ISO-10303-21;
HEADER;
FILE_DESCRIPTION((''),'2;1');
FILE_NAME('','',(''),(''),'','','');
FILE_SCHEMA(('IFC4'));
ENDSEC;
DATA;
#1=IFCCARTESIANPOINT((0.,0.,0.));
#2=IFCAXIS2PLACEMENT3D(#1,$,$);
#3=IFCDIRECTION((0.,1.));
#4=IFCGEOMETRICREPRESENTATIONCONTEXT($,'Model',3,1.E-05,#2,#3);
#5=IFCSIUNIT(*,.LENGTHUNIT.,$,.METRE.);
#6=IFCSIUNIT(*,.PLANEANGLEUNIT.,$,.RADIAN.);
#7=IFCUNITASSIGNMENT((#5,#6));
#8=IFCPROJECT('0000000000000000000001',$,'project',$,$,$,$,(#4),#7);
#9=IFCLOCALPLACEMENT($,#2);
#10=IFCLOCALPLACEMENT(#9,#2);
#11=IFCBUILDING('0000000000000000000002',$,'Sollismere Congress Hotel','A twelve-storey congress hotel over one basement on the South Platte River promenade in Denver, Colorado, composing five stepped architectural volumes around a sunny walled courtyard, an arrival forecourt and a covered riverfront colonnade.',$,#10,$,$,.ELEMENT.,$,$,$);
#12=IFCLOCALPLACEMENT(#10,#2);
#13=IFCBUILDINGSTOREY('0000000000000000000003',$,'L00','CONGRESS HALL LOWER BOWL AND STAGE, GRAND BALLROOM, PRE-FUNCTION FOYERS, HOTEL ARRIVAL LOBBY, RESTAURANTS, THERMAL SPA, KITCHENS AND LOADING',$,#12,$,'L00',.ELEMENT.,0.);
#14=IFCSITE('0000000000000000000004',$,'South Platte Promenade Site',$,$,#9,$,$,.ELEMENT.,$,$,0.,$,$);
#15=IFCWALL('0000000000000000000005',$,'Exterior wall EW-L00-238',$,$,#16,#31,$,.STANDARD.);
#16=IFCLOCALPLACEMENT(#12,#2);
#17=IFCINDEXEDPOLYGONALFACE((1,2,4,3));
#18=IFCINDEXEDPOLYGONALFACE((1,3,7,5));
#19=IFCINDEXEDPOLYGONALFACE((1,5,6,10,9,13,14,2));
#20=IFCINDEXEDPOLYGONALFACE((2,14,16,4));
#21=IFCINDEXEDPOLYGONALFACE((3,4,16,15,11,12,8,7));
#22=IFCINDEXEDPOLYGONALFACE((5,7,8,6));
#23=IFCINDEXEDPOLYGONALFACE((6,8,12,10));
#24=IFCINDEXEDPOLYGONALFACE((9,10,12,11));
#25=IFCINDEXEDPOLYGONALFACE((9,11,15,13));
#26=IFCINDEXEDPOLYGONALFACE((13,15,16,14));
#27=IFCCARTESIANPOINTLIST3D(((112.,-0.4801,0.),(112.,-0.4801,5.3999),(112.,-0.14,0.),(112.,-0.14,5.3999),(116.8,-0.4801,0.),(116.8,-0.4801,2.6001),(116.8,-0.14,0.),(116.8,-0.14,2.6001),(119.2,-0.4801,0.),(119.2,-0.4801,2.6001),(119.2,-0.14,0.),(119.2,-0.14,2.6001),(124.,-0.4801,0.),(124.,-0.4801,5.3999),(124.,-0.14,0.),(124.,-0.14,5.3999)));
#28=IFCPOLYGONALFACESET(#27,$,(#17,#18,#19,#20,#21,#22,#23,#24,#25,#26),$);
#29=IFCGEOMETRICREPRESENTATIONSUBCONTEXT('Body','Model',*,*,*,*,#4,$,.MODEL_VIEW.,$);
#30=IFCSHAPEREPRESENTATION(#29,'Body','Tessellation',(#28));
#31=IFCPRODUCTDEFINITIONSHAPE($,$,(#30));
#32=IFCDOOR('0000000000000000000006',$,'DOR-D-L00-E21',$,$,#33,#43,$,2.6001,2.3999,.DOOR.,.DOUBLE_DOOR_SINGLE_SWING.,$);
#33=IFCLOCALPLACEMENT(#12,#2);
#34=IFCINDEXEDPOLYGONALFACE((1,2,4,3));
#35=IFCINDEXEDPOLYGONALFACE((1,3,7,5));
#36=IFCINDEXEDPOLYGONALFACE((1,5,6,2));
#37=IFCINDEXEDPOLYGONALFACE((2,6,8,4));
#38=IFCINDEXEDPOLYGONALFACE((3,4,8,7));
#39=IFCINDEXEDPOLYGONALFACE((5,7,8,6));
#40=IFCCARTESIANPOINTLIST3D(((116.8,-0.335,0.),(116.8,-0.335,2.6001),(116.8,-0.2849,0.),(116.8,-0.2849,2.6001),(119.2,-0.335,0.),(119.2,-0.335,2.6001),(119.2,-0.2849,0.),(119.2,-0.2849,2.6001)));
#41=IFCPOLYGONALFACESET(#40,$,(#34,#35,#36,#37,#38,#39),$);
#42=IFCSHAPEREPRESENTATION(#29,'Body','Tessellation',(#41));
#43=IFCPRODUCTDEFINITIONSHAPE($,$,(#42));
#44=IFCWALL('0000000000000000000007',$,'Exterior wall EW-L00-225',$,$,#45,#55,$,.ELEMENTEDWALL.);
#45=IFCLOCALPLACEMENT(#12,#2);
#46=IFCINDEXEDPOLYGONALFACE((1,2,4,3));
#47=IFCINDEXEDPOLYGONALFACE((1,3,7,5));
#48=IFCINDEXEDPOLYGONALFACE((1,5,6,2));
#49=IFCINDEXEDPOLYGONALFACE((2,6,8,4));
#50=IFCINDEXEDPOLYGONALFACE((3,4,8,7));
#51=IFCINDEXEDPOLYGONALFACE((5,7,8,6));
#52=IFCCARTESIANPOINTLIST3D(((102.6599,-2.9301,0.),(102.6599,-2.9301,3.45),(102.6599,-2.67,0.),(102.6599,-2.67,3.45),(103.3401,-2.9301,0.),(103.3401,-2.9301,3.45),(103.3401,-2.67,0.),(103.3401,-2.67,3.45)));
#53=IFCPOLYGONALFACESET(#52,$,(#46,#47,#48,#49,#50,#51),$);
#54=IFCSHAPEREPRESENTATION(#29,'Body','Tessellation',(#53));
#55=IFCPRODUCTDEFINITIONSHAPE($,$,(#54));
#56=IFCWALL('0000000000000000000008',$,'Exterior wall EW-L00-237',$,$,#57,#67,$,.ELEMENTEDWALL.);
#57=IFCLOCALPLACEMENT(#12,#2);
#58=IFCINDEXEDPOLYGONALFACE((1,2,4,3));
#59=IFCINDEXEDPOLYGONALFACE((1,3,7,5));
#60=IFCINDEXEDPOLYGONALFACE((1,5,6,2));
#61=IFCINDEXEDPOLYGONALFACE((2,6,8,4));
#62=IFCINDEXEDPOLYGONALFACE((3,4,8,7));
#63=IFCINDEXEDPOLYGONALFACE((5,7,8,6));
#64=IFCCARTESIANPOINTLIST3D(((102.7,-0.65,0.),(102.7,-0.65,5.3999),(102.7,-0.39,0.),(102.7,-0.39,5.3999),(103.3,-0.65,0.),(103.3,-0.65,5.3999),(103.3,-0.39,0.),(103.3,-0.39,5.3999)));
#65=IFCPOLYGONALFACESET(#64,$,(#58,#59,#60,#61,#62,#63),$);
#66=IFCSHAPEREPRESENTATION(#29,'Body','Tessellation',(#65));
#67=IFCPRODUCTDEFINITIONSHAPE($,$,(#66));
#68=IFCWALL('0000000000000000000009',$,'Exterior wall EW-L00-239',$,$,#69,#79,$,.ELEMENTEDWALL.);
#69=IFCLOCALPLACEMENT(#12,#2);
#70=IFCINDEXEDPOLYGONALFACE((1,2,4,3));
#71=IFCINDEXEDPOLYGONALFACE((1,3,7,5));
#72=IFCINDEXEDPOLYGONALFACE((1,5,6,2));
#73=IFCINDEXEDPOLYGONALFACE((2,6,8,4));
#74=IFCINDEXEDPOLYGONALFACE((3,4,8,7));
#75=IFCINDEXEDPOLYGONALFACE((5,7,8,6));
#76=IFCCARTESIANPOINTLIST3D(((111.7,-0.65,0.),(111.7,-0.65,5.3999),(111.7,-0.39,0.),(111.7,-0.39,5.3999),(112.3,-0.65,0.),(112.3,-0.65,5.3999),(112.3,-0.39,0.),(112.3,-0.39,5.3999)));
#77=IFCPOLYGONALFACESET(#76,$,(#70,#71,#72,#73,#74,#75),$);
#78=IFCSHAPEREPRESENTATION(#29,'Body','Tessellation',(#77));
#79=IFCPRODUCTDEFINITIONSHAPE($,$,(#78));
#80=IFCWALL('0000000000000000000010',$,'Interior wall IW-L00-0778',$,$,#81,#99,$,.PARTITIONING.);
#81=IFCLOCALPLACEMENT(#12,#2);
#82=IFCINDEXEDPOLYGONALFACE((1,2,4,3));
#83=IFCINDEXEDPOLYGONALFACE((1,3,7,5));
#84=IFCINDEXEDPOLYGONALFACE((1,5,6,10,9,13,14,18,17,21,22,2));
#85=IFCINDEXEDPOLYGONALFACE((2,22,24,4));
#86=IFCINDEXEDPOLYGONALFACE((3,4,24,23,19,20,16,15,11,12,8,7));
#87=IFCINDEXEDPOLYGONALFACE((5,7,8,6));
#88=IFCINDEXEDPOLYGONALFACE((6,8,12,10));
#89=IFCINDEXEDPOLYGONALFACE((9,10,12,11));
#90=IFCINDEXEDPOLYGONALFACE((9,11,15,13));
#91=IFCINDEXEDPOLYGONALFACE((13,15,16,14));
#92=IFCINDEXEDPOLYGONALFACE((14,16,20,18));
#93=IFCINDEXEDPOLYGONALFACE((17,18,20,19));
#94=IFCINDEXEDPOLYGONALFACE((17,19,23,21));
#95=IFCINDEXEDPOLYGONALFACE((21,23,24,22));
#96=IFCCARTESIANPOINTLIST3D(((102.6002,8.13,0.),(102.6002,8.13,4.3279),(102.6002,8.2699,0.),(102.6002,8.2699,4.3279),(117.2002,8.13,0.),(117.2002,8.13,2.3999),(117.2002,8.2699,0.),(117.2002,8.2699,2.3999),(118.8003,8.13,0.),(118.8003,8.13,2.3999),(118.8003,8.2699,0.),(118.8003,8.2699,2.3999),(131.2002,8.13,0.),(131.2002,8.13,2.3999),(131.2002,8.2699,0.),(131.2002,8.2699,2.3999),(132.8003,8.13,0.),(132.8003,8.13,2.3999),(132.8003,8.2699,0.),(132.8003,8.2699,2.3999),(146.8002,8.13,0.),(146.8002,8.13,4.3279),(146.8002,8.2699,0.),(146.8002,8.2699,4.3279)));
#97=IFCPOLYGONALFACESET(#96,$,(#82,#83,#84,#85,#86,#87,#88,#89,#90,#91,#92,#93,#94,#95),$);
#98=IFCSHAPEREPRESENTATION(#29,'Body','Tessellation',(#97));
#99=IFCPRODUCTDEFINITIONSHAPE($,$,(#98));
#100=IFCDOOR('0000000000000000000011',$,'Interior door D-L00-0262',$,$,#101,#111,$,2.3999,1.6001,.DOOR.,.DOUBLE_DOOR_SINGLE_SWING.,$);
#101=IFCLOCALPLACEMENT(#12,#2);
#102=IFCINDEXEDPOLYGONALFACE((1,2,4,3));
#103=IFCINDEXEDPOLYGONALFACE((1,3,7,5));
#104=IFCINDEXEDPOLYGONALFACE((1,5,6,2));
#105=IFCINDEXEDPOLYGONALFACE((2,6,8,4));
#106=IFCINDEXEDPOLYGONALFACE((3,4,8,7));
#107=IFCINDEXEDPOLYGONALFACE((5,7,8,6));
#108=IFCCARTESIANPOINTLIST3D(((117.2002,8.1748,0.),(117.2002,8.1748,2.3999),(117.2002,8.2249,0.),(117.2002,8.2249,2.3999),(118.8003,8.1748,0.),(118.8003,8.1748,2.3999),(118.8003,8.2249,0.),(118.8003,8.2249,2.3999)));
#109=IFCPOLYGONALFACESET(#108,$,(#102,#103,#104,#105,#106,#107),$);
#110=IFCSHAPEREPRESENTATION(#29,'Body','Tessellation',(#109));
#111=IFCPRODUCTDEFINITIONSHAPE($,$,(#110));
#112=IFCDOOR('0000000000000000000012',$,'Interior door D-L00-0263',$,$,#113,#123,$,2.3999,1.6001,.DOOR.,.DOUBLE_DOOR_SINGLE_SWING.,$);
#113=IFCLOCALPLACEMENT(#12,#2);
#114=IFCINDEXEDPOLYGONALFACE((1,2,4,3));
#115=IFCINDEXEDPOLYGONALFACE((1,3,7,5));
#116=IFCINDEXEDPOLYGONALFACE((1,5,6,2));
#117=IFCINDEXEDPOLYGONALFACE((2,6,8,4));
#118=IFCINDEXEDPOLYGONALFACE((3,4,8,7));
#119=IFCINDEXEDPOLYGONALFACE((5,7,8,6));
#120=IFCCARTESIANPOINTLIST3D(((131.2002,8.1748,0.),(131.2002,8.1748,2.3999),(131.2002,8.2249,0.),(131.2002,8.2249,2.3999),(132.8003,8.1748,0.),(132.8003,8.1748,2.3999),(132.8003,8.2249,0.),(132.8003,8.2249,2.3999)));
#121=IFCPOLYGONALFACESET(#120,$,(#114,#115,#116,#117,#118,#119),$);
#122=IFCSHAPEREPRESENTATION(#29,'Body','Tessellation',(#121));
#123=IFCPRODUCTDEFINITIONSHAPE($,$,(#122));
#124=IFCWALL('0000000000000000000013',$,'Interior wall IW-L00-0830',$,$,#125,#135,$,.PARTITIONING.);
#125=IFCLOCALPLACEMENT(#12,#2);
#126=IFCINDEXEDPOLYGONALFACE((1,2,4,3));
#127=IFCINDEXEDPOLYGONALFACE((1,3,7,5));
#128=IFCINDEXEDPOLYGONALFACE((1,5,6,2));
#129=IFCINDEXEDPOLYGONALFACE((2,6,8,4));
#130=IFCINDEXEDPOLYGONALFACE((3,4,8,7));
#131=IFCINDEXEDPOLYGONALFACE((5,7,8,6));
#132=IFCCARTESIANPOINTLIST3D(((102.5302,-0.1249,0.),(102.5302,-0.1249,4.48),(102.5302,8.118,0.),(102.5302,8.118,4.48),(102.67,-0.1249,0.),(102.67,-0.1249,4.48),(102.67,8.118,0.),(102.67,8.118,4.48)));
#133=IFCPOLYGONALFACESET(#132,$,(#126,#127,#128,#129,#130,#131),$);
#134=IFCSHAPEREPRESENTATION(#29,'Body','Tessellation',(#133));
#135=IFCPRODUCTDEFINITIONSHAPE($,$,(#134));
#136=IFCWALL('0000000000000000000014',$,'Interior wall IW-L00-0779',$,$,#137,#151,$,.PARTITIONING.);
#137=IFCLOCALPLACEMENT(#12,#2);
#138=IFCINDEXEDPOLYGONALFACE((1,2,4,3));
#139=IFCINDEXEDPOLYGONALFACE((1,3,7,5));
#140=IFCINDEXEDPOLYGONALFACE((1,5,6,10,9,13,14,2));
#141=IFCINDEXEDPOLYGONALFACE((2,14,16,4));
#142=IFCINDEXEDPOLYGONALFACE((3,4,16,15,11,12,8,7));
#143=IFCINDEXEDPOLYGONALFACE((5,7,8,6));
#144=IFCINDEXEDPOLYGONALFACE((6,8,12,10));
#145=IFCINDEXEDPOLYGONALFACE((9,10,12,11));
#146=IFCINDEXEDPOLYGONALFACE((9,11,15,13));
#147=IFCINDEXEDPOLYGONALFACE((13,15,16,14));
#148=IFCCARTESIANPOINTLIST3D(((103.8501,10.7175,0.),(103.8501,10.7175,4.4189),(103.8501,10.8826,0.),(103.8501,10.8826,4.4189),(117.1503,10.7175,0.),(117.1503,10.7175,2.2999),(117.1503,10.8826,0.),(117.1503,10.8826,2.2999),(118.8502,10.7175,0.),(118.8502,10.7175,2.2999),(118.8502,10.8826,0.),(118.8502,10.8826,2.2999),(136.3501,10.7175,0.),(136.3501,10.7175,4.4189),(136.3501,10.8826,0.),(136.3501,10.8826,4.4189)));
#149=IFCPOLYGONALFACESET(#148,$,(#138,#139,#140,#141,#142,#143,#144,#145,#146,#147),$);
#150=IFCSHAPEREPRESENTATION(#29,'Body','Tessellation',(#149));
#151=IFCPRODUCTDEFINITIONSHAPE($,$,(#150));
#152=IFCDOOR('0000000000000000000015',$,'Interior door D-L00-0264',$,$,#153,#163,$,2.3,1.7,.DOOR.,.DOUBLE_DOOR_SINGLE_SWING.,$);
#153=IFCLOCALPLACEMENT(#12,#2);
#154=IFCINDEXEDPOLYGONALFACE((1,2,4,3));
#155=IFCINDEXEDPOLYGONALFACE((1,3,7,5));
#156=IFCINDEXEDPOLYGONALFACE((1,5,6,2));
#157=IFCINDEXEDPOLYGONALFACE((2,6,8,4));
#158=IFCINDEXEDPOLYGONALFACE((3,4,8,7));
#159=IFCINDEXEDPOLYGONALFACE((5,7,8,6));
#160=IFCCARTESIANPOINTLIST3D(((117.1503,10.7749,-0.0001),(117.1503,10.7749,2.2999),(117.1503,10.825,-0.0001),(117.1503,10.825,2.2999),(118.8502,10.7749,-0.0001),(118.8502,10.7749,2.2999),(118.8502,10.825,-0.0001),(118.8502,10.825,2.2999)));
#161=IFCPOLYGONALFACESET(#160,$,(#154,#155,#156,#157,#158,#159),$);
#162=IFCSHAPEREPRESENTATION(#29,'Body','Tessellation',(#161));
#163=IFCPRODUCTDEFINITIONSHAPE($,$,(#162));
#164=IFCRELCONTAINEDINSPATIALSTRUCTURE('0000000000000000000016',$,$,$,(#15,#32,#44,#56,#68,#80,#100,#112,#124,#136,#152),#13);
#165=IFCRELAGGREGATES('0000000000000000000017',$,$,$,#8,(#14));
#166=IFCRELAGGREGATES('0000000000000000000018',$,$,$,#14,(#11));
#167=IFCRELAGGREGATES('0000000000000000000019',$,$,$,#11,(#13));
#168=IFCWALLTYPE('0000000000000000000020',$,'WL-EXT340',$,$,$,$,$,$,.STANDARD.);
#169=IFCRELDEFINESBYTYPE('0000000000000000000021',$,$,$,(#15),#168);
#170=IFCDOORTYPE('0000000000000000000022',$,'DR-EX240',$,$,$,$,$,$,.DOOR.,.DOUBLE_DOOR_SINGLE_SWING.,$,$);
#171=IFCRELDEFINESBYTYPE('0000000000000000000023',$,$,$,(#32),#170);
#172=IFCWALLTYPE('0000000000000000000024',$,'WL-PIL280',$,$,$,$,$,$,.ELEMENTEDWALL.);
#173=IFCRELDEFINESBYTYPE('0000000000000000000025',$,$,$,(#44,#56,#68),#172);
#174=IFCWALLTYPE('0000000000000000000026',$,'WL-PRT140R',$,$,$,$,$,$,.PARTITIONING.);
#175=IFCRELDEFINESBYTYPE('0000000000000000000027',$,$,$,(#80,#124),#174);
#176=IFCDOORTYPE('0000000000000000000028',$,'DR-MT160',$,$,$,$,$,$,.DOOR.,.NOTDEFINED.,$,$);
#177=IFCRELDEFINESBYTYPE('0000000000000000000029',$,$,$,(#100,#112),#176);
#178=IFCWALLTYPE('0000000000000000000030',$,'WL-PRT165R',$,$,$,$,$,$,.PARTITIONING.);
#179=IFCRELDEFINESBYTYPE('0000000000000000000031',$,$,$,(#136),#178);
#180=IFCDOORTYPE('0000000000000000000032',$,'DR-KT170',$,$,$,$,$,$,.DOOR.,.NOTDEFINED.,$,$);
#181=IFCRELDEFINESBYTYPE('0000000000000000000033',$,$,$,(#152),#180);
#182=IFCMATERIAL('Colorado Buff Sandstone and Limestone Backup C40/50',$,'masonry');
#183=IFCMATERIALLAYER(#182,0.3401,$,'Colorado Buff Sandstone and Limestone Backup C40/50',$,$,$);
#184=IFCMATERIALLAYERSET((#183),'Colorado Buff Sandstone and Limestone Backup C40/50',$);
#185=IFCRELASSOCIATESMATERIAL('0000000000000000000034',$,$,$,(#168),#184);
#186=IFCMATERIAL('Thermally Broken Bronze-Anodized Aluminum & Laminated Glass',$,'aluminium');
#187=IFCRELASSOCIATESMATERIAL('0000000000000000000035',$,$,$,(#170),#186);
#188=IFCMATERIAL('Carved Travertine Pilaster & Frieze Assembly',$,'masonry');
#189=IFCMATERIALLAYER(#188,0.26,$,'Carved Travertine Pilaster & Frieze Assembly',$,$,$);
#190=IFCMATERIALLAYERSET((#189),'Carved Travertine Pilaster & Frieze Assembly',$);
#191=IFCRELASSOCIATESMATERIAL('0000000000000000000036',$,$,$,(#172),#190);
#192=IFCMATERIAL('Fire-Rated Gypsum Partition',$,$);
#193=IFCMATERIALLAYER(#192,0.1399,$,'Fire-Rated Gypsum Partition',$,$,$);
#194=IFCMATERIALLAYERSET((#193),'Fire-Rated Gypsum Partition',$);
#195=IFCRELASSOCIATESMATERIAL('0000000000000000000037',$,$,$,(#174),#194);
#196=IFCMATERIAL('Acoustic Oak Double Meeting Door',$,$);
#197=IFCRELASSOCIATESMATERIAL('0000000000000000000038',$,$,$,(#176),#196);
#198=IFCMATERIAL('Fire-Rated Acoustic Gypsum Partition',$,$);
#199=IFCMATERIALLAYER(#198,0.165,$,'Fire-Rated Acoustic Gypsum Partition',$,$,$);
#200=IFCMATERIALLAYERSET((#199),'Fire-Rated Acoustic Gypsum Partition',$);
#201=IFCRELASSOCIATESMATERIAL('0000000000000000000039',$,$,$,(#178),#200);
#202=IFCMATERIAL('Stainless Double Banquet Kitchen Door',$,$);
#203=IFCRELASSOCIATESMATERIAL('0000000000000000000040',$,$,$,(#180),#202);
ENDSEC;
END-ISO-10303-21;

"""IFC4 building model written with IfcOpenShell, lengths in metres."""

from ifc_helpers import new_model, si_unit, direction, frame, frame_2d, origin, place, context, subcontext, project, spatial, rectangle, extrude, material, layer, layer_set, type_object, element, fill, save


model = new_model("IFC4")

# Units and contexts
model_context = context("Model", 3, precision=1e-05, world=origin(), true_north=direction((0.0, 1.0)))
body_context = subcontext(model_context, "Body", "Model", "MODEL_VIEW")
ifc_project = project(units=[si_unit("LENGTHUNIT", "METRE"), si_unit("PLANEANGLEUNIT", "RADIAN")], contexts=[model_context])

# Site, building, storey
site_placement = place(None, origin())
site = spatial("IfcSite", under=ifc_project, at=site_placement, Name="South Platte Promenade Site", CompositionType="ELEMENT", RefElevation=0.0)
building_placement = place(site_placement, origin())
building = spatial("IfcBuilding", under=site, at=building_placement, Name="Sollismere Congress Hotel", Description="A twelve-storey congress hotel over one basement on the South Platte River promenade in Denver, Colorado, composing five stepped architectural volumes around a sunny walled courtyard, an arrival forecourt and a covered riverfront colonnade.", CompositionType="ELEMENT")
storey_placement = place(building_placement, origin())
storey = spatial("IfcBuildingStorey", under=building, at=storey_placement, Name="L00", Description="CONGRESS HALL LOWER BOWL AND STAGE, GRAND BALLROOM, PRE-FUNCTION FOYERS, HOTEL ARRIVAL LOBBY, RESTAURANTS, THERMAL SPA, KITCHENS AND LOADING", LongName="L00", CompositionType="ELEMENT", Elevation=0.0)

# Wall, opening, door
ifc_material_1 = material(Name="Colorado Buff Sandstone and Limestone Backup C40/50", Category="masonry")
ifc_layer_1 = layer(ifc_material_1, 0.3401, Name="Colorado Buff Sandstone and Limestone Backup C40/50")
ifc_layer_set_1 = layer_set([ifc_layer_1], Name="Colorado Buff Sandstone and Limestone Backup C40/50")
wall_type_1 = type_object("IfcWallType", Name="WL-EXT340", PredefinedType="STANDARD", material=ifc_layer_set_1)
ifc_material_2 = material(Name="Thermally Broken Bronze-Anodized Aluminum & Laminated Glass", Category="aluminium")
door_type_1 = type_object("IfcDoorType", Name="DR-EX240", OperationType="DOUBLE_DOOR_SINGLE_SWING", PredefinedType="DOOR", material=ifc_material_2)
wall_1_placement = place(storey_placement, frame((112.0, -0.3101, 0.0), z_axis=(0.0, 0.0, 1.0), x_axis=(1.0, 0.0, 0.0)))
wall_1 = element("IfcWall", 1, at=wall_1_placement, inside=storey, type_object=wall_type_1, Name="Exterior wall EW-L00-238", PredefinedType="STANDARD", context=body_context, shape_type="SweptSolid", body=[
    extrude(rectangle(XDim=12.0, YDim=0.3401, at=frame_2d((6.0, 0.0))), origin(), (0.0, 0.0, 1.0), 5.3999),
])
opening_1_placement = place(wall_1_placement, frame((4.8, 0.0, 0.0)))
opening_1 = element("IfcOpeningElement", 2, at=opening_1_placement, cuts=wall_1, PredefinedType="OPENING", context=body_context, shape_type="SweptSolid", body=[
    extrude(rectangle(XDim=2.3999, YDim=2.6001, at=frame_2d((1.2, 1.3))), frame((0.0, 0.1799, 0.0), z_axis=(0.0, -1.0, 0.0), x_axis=(1.0, 0.0, 0.0)), (0.0, 0.0, 1.0), 0.3601),
])
door_1_placement = place(opening_1_placement, frame((2.3999, 0.0, 0.0), z_axis=(0.0, 0.0, 1.0), x_axis=(-1.0, 0.0, 0.0)))
door_1 = element("IfcDoor", 3, at=door_1_placement, inside=storey, type_object=door_type_1, Name="DOR-D-L00-E21", OperationType="DOUBLE_DOOR_SINGLE_SWING", OverallHeight=2.6001, OverallWidth=2.3999, PredefinedType="DOOR", context=body_context, shape_type="SweptSolid", body=[
    extrude(rectangle(XDim=2.3999, YDim=2.6001, at=frame_2d((1.2, 1.3))), frame((0.0, 0.0249, 0.0), z_axis=(0.0, -1.0, 0.0), x_axis=(1.0, 0.0, 0.0)), (0.0, 0.0, 1.0), 0.05),
])
fill(opening_1, door_1)

# Walls
ifc_material_3 = material(Name="Carved Travertine Pilaster & Frieze Assembly", Category="masonry")
ifc_layer_2 = layer(ifc_material_3, 0.26, Name="Carved Travertine Pilaster & Frieze Assembly")
ifc_layer_set_2 = layer_set([ifc_layer_2], Name="Carved Travertine Pilaster & Frieze Assembly")
wall_type_2 = type_object("IfcWallType", Name="WL-PIL280", PredefinedType="ELEMENTEDWALL", material=ifc_layer_set_2)
wall_2_placement = place(storey_placement, frame((102.6599, -2.8, 0.0), z_axis=(0.0, 0.0, 1.0), x_axis=(1.0, 0.0, 0.0)))
element("IfcWall", 4, at=wall_2_placement, inside=storey, type_object=wall_type_2, Name="Exterior wall EW-L00-225", PredefinedType="ELEMENTEDWALL", context=body_context, shape_type="SweptSolid", body=[
    extrude(rectangle(XDim=0.6802, YDim=0.26, at=frame_2d((0.3401, 0.0))), origin(), (0.0, 0.0, 1.0), 3.45),
])
for number, where, z_axis, x_axis, name in (
    (5, (102.7, -0.52, 0.0), (0.0, 0.0, 1.0), (1.0, 0.0, 0.0), "Exterior wall EW-L00-237"),
    (6, (111.7, -0.52, 0.0), (0.0, 0.0, 1.0), (1.0, 0.0, 0.0), "Exterior wall EW-L00-239"),
):
    element("IfcWall", number, at=place(storey_placement, frame(where, z_axis=z_axis, x_axis=x_axis)), inside=storey, type_object=wall_type_2, Name=name, PredefinedType="ELEMENTEDWALL", context=body_context, shape_type="SweptSolid", body=[
        extrude(rectangle(XDim=0.6001, YDim=0.26, at=frame_2d((0.3, 0.0))), origin(), (0.0, 0.0, 1.0), 5.3999),
    ])

# Wall, openings, doors
ifc_material_4 = material(Name="Fire-Rated Gypsum Partition")
ifc_layer_3 = layer(ifc_material_4, 0.1399, Name="Fire-Rated Gypsum Partition")
ifc_layer_set_3 = layer_set([ifc_layer_3], Name="Fire-Rated Gypsum Partition")
wall_type_3 = type_object("IfcWallType", Name="WL-PRT140R", PredefinedType="PARTITIONING", material=ifc_layer_set_3)
wall_3_placement = place(storey_placement, frame((102.6001, 8.2, 0.0), z_axis=(0.0, 0.0, 1.0), x_axis=(1.0, 0.0, 0.0)))
wall_3 = element("IfcWall", 7, at=wall_3_placement, inside=storey, type_object=wall_type_3, Name="Interior wall IW-L00-0778", PredefinedType="PARTITIONING", context=body_context, shape_type="SweptSolid", body=[
    extrude(rectangle(XDim=44.2, YDim=0.1399, at=frame_2d((22.1001, 0.0))), origin(), (0.0, 0.0, 1.0), 4.3279),
])
opening_2_placement = place(wall_3_placement, frame((14.6001, 0.0, 0.0)))
opening_2 = element("IfcOpeningElement", 8, at=opening_2_placement, cuts=wall_3, PredefinedType="OPENING", context=body_context, shape_type="SweptSolid", body=[
    extrude(rectangle(XDim=1.6001, YDim=2.3999, at=frame_2d((0.8, 1.2))), frame((0.0, 0.0798, 0.0), z_axis=(0.0, -1.0, 0.0), x_axis=(1.0, 0.0, 0.0)), (0.0, 0.0, 1.0), 0.1599),
])
opening_3_placement = place(wall_3_placement, frame((28.6001, 0.0, 0.0)))
opening_3 = element("IfcOpeningElement", 9, at=opening_3_placement, cuts=wall_3, PredefinedType="OPENING", context=body_context, shape_type="SweptSolid", body=[
    extrude(rectangle(XDim=1.6001, YDim=2.3999, at=frame_2d((0.8, 1.2))), frame((0.0, 0.0798, 0.0), z_axis=(0.0, -1.0, 0.0), x_axis=(1.0, 0.0, 0.0)), (0.0, 0.0, 1.0), 0.1599),
])
ifc_material_5 = material(Name="Acoustic Oak Double Meeting Door")
door_type_2 = type_object("IfcDoorType", Name="DR-MT160", OperationType="NOTDEFINED", PredefinedType="DOOR", material=ifc_material_5)
door_2_placement = place(opening_2_placement, origin())
door_2 = element("IfcDoor", 10, at=door_2_placement, inside=storey, type_object=door_type_2, Name="Interior door D-L00-0262", OperationType="DOUBLE_DOOR_SINGLE_SWING", OverallHeight=2.3999, OverallWidth=1.6001, PredefinedType="DOOR", context=body_context, shape_type="SweptSolid", body=[
    extrude(rectangle(XDim=1.6001, YDim=2.3999, at=frame_2d((0.8, 1.2))), frame((0.0, 0.0249, 0.0), z_axis=(0.0, -1.0, 0.0), x_axis=(1.0, 0.0, 0.0)), (0.0, 0.0, 1.0), 0.05),
])
fill(opening_2, door_2)
door_3_placement = place(opening_3_placement, origin())
door_3 = element("IfcDoor", 11, at=door_3_placement, inside=storey, type_object=door_type_2, Name="Interior door D-L00-0263", OperationType="DOUBLE_DOOR_SINGLE_SWING", OverallHeight=2.3999, OverallWidth=1.6001, PredefinedType="DOOR", context=body_context, shape_type="SweptSolid", body=[
    extrude(rectangle(XDim=1.6001, YDim=2.3999, at=frame_2d((0.8, 1.2))), frame((0.0, 0.0249, 0.0), z_axis=(0.0, -1.0, 0.0), x_axis=(1.0, 0.0, 0.0)), (0.0, 0.0, 1.0), 0.05),
])
fill(opening_3, door_3)

# Wall
wall_4_placement = place(storey_placement, frame((102.6001, -0.125, 0.0), z_axis=(0.0, 0.0, 1.0), x_axis=(0.0, 1.0, 0.0)))
element("IfcWall", 12, at=wall_4_placement, inside=storey, type_object=wall_type_3, Name="Interior wall IW-L00-0830", PredefinedType="PARTITIONING", context=body_context, shape_type="SweptSolid", body=[
    extrude(rectangle(XDim=8.2429, YDim=0.1399, at=frame_2d((4.1216, 0.0))), origin(), (0.0, 0.0, 1.0), 4.48),
])

# Wall, opening, door
ifc_material_6 = material(Name="Fire-Rated Acoustic Gypsum Partition")
ifc_layer_4 = layer(ifc_material_6, 0.165, Name="Fire-Rated Acoustic Gypsum Partition")
ifc_layer_set_4 = layer_set([ifc_layer_4], Name="Fire-Rated Acoustic Gypsum Partition")
wall_type_4 = type_object("IfcWallType", Name="WL-PRT165R", PredefinedType="PARTITIONING", material=ifc_layer_set_4)
wall_5_placement = place(storey_placement, frame((103.8501, 10.8, 0.0), z_axis=(0.0, 0.0, 1.0), x_axis=(1.0, 0.0, 0.0)))
wall_5 = element("IfcWall", 13, at=wall_5_placement, inside=storey, type_object=wall_type_4, Name="Interior wall IW-L00-0779", PredefinedType="PARTITIONING", context=body_context, shape_type="SweptSolid", body=[
    extrude(rectangle(XDim=32.5, YDim=0.165, at=frame_2d((16.25, 0.0))), origin(), (0.0, 0.0, 1.0), 4.4189),
])
opening_4_placement = place(wall_5_placement, frame((13.3, 0.0, 0.0)))
opening_4 = element("IfcOpeningElement", 14, at=opening_4_placement, cuts=wall_5, PredefinedType="OPENING", context=body_context, shape_type="SweptSolid", body=[
    extrude(rectangle(XDim=1.7, YDim=2.3, at=frame_2d((0.8501, 1.1499))), frame((0.0, 0.0925, 0.0), z_axis=(0.0, -1.0, 0.0), x_axis=(1.0, 0.0, 0.0)), (0.0, 0.0, 1.0), 0.1851),
])
ifc_material_7 = material(Name="Stainless Double Banquet Kitchen Door")
door_type_3 = type_object("IfcDoorType", Name="DR-KT170", OperationType="NOTDEFINED", PredefinedType="DOOR", material=ifc_material_7)
door_4_placement = place(opening_4_placement, origin())
door_4 = element("IfcDoor", 15, at=door_4_placement, inside=storey, type_object=door_type_3, Name="Interior door D-L00-0264", OperationType="DOUBLE_DOOR_SINGLE_SWING", OverallHeight=2.3, OverallWidth=1.7, PredefinedType="DOOR", context=body_context, shape_type="SweptSolid", body=[
    extrude(rectangle(XDim=1.7, YDim=2.3, at=frame_2d((0.8501, 1.1499))), frame((0.0, 0.0249, 0.0), z_axis=(0.0, -1.0, 0.0), x_axis=(1.0, 0.0, 0.0)), (0.0, 0.0, 1.0), 0.05),
])
fill(opening_4, door_4)

save(model, "model.ifc")
